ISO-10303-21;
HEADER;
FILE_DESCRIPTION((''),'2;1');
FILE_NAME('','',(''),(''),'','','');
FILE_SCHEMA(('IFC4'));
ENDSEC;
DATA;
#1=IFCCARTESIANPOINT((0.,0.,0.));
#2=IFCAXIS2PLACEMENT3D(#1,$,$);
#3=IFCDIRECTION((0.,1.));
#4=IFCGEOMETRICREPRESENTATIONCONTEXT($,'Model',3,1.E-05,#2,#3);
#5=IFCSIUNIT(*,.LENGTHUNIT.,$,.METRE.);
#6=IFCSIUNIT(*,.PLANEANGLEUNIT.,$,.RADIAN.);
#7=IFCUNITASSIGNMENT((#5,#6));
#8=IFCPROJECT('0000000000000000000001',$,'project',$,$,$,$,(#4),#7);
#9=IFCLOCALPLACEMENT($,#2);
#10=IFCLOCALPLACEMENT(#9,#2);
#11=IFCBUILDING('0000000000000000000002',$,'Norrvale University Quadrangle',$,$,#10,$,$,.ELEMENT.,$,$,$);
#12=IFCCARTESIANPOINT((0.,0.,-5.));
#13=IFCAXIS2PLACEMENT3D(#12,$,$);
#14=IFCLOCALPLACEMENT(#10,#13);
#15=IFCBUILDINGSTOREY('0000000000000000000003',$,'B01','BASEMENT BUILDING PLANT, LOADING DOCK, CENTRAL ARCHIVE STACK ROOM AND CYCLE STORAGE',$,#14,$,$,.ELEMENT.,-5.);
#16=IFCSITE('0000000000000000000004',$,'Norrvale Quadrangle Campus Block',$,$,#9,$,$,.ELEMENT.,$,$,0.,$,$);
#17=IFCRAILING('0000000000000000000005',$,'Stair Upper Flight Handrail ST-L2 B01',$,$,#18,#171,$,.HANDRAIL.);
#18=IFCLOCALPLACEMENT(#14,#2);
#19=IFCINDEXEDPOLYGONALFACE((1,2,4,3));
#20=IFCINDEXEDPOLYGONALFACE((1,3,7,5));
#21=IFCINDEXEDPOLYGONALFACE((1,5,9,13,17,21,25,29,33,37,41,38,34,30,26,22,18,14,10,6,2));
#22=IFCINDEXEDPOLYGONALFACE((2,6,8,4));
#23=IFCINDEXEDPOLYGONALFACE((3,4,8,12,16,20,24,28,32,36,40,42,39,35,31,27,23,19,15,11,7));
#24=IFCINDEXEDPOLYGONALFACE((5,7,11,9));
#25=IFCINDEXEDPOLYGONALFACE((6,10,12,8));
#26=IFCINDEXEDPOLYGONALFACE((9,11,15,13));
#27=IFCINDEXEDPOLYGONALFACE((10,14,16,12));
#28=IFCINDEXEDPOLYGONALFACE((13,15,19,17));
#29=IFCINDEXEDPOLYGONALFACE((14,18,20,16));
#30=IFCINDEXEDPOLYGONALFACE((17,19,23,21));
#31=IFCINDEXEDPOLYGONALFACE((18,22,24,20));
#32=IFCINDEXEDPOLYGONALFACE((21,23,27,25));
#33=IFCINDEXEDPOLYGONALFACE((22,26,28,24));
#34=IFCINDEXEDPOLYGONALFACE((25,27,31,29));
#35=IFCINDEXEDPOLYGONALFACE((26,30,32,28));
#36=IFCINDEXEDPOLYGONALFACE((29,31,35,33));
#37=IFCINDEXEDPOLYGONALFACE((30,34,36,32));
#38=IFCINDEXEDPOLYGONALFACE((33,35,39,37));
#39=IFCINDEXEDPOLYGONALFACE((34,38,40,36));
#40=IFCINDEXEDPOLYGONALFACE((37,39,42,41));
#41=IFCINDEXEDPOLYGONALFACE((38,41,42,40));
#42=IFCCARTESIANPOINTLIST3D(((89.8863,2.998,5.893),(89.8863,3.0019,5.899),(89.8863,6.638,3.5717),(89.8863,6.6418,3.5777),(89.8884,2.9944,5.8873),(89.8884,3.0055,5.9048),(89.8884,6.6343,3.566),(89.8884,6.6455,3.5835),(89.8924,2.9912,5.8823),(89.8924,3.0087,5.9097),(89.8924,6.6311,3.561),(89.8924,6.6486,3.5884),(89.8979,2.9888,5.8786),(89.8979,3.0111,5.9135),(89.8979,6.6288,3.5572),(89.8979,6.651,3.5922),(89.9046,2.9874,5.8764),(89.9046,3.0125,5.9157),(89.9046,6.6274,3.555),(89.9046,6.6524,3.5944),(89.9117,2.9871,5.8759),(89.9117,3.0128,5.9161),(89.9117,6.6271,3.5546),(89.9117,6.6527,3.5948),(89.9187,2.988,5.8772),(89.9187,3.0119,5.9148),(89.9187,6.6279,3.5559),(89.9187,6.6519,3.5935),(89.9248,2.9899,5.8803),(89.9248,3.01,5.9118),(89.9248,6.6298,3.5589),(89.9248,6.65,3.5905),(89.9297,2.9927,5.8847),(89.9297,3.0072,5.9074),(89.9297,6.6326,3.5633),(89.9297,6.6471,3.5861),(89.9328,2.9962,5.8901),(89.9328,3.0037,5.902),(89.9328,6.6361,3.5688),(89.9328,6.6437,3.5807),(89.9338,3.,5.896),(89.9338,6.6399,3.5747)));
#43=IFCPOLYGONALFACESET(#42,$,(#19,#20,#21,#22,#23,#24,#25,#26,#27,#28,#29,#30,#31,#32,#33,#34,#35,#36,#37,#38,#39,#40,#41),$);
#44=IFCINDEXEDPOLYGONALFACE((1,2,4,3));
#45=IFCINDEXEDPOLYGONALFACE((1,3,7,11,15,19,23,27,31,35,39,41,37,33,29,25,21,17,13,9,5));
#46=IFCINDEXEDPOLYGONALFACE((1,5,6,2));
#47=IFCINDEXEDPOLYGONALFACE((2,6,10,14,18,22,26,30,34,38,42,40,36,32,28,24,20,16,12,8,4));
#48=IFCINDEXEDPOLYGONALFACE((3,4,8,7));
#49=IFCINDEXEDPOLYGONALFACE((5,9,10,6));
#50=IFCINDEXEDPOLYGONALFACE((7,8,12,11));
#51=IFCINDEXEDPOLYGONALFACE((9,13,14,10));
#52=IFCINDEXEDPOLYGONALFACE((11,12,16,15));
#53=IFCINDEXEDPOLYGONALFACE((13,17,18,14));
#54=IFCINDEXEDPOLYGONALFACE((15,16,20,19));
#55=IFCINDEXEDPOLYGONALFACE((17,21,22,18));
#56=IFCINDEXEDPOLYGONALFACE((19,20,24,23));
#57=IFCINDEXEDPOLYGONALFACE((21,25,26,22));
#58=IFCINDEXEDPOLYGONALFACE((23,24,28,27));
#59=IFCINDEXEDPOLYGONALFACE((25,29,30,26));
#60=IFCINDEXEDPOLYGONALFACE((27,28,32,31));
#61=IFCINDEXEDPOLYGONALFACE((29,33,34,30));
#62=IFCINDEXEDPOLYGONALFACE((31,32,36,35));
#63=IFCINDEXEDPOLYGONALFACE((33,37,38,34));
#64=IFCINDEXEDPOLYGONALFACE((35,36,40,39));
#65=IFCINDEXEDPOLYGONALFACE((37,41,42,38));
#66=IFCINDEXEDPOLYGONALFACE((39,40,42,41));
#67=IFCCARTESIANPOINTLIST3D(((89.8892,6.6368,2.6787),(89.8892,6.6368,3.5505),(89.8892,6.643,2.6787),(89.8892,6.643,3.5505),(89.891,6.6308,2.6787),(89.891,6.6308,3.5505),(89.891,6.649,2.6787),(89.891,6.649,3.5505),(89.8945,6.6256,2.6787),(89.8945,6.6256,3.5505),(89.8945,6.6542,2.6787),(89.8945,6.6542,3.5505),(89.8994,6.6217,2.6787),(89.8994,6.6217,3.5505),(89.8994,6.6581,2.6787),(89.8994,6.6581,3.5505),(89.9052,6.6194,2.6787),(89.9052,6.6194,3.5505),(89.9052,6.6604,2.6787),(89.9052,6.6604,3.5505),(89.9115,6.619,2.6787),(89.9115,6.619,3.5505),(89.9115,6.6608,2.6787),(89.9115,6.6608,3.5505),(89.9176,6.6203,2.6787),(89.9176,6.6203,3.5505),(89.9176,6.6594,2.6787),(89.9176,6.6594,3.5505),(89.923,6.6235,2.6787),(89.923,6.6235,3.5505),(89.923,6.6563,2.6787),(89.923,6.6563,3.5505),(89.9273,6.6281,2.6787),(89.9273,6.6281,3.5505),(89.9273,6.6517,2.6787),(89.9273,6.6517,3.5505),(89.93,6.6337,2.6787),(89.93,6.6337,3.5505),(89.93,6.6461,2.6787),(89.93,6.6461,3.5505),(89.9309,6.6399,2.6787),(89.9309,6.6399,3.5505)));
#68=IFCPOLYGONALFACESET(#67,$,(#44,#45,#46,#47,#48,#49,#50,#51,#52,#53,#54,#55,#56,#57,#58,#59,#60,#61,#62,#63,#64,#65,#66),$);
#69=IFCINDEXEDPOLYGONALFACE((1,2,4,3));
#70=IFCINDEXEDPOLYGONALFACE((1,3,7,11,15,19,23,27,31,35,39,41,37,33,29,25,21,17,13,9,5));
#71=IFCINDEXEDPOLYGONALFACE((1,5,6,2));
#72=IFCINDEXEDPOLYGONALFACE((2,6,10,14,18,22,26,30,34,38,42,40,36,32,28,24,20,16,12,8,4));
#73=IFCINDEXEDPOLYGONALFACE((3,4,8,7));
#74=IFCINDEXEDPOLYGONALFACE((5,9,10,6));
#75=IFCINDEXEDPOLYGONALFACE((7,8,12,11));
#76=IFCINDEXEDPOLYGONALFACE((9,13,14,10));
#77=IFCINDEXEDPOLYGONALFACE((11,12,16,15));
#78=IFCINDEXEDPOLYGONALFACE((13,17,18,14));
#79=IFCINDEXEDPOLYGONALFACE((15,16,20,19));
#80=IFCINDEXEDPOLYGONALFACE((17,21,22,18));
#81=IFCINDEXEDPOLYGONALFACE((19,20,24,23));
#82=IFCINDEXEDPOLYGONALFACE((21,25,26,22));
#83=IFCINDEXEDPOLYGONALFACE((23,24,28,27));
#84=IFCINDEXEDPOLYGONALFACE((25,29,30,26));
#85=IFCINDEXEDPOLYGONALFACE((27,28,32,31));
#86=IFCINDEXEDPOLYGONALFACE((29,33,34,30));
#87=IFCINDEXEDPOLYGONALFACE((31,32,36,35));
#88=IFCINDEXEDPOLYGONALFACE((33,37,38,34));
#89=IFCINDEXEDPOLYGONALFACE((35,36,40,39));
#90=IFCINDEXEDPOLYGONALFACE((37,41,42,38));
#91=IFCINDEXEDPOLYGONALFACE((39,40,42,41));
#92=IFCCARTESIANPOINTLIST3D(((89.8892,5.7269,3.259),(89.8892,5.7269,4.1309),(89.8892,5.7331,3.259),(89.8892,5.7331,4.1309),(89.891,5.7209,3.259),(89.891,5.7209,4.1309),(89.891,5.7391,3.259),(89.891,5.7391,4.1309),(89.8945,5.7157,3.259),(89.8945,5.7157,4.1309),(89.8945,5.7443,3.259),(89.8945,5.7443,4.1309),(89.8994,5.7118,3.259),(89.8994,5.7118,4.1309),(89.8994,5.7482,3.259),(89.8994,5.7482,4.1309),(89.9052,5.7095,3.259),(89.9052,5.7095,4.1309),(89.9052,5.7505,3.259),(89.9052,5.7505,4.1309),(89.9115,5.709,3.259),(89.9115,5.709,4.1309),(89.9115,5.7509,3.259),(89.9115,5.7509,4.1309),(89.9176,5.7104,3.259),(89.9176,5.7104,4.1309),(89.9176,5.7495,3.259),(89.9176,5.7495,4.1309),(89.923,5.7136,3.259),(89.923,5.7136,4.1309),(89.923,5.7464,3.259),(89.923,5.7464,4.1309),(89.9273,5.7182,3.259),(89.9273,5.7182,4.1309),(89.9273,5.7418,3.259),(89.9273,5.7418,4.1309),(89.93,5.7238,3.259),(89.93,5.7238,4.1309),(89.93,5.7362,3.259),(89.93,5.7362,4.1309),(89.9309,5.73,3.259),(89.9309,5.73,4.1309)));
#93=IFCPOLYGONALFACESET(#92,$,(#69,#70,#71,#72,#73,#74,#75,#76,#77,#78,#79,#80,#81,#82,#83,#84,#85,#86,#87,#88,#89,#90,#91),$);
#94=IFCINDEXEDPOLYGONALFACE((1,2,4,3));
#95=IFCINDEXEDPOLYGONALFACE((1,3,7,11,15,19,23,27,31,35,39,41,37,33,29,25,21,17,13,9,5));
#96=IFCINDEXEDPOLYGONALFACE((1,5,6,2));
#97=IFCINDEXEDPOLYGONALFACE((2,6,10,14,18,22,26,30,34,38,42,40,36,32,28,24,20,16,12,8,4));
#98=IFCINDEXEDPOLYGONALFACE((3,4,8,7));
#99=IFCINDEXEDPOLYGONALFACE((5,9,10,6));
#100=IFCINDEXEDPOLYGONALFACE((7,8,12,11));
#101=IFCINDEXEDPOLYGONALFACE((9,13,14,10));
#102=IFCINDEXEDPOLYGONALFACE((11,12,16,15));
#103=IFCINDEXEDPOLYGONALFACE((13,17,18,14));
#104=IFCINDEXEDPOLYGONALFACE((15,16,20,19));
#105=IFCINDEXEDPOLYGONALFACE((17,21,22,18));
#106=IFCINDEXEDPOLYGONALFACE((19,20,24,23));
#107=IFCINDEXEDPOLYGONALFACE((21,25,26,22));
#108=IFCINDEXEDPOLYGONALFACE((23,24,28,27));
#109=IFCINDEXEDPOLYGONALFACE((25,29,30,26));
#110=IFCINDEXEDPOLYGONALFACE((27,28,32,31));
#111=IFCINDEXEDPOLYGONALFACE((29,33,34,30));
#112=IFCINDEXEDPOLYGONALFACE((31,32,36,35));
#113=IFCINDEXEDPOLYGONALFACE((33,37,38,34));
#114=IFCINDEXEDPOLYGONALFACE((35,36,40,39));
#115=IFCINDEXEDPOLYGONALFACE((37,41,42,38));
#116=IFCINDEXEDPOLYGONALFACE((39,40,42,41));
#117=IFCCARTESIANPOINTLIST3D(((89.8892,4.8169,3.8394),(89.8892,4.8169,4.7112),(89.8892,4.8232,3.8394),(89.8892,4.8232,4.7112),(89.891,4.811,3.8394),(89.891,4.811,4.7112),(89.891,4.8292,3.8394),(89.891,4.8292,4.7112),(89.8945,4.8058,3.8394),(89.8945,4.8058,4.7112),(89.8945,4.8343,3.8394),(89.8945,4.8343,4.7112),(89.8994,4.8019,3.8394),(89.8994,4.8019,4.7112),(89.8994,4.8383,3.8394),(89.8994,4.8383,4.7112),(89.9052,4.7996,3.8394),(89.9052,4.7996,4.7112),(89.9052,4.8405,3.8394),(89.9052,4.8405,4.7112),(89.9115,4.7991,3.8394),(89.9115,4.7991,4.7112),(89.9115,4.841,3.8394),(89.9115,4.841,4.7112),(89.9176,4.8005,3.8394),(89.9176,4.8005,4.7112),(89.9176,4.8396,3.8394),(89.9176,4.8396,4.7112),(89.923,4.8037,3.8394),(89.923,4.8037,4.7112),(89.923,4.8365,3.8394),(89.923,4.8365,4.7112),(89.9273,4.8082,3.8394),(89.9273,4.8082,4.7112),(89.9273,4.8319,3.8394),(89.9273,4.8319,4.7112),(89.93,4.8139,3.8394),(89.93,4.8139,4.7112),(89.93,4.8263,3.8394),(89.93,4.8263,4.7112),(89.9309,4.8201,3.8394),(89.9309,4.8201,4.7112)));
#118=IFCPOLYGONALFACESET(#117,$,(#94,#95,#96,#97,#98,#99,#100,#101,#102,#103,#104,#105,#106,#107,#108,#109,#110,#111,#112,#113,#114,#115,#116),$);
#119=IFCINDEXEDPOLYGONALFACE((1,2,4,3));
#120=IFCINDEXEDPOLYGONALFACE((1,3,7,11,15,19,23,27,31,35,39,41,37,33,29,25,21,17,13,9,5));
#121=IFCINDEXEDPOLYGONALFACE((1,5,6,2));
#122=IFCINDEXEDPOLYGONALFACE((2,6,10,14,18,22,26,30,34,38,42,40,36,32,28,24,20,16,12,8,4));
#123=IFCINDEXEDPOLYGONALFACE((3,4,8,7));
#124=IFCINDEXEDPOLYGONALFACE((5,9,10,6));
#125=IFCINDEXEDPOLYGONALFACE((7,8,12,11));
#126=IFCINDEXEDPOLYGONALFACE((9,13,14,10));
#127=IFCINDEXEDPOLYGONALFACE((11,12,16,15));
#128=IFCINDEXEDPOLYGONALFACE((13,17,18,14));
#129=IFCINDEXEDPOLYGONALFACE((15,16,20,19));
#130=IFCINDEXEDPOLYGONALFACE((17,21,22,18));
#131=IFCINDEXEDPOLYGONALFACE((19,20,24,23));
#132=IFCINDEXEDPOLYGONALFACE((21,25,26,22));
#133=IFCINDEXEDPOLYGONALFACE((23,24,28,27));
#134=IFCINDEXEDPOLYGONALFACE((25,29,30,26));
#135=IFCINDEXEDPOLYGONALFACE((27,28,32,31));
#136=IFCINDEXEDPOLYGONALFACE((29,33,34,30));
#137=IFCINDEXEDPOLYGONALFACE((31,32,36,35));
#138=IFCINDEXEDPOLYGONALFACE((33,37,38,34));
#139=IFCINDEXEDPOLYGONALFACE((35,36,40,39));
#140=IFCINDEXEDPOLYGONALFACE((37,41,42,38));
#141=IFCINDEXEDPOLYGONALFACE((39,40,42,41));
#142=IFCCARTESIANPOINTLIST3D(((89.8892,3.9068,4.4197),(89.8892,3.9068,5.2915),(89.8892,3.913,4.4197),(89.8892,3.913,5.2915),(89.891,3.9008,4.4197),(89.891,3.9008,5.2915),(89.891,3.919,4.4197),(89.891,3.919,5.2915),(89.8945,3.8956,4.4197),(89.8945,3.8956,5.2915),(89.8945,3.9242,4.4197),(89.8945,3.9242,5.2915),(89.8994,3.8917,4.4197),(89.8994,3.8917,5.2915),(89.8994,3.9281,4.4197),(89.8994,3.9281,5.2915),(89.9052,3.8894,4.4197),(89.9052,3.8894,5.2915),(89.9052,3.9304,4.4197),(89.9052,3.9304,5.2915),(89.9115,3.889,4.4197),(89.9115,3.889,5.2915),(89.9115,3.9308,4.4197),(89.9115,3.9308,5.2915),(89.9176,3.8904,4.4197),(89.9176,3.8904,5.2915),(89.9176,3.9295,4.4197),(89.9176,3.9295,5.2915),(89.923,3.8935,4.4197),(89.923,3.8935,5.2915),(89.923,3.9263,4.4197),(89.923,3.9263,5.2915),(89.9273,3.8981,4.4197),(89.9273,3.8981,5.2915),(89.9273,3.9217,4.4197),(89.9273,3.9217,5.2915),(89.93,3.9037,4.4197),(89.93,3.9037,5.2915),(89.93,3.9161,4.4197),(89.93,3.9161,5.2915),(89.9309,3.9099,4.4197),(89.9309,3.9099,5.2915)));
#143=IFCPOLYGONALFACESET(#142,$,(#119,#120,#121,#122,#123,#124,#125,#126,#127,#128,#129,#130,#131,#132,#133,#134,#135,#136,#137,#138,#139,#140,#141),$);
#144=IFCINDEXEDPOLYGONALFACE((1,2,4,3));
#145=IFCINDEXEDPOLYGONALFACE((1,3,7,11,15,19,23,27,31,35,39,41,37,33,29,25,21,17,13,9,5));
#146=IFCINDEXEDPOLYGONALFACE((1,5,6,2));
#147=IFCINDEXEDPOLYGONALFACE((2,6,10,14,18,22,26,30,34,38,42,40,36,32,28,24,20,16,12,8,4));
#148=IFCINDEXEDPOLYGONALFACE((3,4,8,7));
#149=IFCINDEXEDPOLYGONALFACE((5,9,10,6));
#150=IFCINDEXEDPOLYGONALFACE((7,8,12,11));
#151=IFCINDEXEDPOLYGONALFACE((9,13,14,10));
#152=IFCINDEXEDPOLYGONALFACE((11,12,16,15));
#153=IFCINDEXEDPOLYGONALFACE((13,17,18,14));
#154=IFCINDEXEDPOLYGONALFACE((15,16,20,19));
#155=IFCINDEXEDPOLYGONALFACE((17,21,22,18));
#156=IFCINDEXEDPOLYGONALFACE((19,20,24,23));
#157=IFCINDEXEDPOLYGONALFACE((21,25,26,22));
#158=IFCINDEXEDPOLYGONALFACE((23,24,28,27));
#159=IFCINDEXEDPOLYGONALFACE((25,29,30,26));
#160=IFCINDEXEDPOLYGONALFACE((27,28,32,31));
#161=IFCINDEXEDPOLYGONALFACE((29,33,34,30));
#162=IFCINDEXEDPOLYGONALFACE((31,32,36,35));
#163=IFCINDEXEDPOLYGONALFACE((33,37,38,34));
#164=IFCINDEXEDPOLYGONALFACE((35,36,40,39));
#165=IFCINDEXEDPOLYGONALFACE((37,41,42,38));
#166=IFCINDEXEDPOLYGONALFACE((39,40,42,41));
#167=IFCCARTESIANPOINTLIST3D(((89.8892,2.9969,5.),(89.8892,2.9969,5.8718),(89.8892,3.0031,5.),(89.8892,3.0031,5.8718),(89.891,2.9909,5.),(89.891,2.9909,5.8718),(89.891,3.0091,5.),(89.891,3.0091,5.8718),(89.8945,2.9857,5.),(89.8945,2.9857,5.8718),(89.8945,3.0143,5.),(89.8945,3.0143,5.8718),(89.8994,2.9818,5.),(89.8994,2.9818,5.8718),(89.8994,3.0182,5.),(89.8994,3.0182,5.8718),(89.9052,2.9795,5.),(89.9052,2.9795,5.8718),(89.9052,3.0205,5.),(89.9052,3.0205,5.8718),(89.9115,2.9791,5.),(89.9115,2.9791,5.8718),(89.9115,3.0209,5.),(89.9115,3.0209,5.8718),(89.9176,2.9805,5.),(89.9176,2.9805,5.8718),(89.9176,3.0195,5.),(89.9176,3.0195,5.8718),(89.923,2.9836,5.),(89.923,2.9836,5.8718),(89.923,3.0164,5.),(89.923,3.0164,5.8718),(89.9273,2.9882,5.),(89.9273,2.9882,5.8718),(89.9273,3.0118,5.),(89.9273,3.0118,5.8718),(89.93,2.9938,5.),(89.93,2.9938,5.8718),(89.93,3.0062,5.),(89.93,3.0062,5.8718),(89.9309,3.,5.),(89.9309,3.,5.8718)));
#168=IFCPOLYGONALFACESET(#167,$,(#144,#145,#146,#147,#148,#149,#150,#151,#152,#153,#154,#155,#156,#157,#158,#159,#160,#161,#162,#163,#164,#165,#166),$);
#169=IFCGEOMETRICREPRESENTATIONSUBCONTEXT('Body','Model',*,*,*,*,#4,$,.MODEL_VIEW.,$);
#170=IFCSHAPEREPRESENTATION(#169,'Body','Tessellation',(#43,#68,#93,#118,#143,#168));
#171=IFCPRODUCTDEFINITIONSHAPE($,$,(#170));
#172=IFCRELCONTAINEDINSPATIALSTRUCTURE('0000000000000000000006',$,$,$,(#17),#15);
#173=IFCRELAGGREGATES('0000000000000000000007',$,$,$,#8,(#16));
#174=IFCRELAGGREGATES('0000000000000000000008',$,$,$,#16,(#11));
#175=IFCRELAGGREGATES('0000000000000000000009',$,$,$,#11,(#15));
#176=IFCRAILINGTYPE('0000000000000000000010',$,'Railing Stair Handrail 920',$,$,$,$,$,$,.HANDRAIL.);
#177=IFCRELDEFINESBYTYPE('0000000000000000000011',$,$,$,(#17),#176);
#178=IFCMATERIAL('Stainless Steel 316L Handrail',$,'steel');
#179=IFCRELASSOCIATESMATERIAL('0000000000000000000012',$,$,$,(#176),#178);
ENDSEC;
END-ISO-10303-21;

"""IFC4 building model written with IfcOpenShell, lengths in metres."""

from ifc_helpers import new_model, si_unit, direction, frame, origin, origin_2d, place, context, subcontext, project, spatial, circle, extrude, material, type_object, element, save


model = new_model("IFC4")

# Units and contexts
model_context = context("Model", 3, precision=1e-05, world=origin(), true_north=direction((0.0, 1.0)))
body_context = subcontext(model_context, "Body", "Model", "MODEL_VIEW")
ifc_project = project(units=[si_unit("LENGTHUNIT", "METRE"), si_unit("PLANEANGLEUNIT", "RADIAN")], contexts=[model_context])

# Site, building, storey
site_placement = place(None, origin())
site = spatial("IfcSite", under=ifc_project, at=site_placement, Name="Norrvale Quadrangle Campus Block", CompositionType="ELEMENT", RefElevation=0.0)
building_placement = place(site_placement, origin())
building = spatial("IfcBuilding", under=site, at=building_placement, Name="Norrvale University Quadrangle", CompositionType="ELEMENT")
storey_placement = place(building_placement, frame((0.0, 0.0, -5.0)))
storey = spatial("IfcBuildingStorey", under=building, at=storey_placement, Name="B01", Description="BASEMENT BUILDING PLANT, LOADING DOCK, CENTRAL ARCHIVE STACK ROOM AND CYCLE STORAGE", CompositionType="ELEMENT", Elevation=-5.0)

# Railing
ifc_material_1 = material(Name="Stainless Steel 316L Handrail", Category="steel")
railing_type_1 = type_object("IfcRailingType", Name="Railing Stair Handrail 920", PredefinedType="HANDRAIL", material=ifc_material_1)
railing_1_placement = place(storey_placement, frame((89.9099, 6.6399, 2.6787)))
element("IfcRailing", 1, at=railing_1_placement, inside=storey, type_object=railing_type_1, Name="Stair Upper Flight Handrail ST-L2 B01", PredefinedType="HANDRAIL", context=body_context, shape_type="SweptSolid", body=[
    extrude(circle(Radius=0.0239, at=origin_2d()), frame((0.0, 0.0, 0.896), z_axis=(0.0, -0.843137, 0.537699), x_axis=(1.0, 0.0, 0.0)), (0.0, 0.0, 1.0), 4.3171),
    extrude(circle(Radius=0.021, at=origin_2d()), origin(), (0.0, 0.0, 1.0), 0.8718),
    extrude(circle(Radius=0.021, at=origin_2d()), frame((0.0, -0.9099, 0.5803)), (0.0, 0.0, 1.0), 0.8718),
    extrude(circle(Radius=0.021, at=origin_2d()), frame((0.0, -1.8198, 1.1606)), (0.0, 0.0, 1.0), 0.8718),
    extrude(circle(Radius=0.021, at=origin_2d()), frame((0.0, -2.73, 1.741)), (0.0, 0.0, 1.0), 0.8718),
    extrude(circle(Radius=0.021, at=origin_2d()), frame((0.0, -3.6399, 2.3213)), (0.0, 0.0, 1.0), 0.8718),
])

save(model, "model.ifc")
